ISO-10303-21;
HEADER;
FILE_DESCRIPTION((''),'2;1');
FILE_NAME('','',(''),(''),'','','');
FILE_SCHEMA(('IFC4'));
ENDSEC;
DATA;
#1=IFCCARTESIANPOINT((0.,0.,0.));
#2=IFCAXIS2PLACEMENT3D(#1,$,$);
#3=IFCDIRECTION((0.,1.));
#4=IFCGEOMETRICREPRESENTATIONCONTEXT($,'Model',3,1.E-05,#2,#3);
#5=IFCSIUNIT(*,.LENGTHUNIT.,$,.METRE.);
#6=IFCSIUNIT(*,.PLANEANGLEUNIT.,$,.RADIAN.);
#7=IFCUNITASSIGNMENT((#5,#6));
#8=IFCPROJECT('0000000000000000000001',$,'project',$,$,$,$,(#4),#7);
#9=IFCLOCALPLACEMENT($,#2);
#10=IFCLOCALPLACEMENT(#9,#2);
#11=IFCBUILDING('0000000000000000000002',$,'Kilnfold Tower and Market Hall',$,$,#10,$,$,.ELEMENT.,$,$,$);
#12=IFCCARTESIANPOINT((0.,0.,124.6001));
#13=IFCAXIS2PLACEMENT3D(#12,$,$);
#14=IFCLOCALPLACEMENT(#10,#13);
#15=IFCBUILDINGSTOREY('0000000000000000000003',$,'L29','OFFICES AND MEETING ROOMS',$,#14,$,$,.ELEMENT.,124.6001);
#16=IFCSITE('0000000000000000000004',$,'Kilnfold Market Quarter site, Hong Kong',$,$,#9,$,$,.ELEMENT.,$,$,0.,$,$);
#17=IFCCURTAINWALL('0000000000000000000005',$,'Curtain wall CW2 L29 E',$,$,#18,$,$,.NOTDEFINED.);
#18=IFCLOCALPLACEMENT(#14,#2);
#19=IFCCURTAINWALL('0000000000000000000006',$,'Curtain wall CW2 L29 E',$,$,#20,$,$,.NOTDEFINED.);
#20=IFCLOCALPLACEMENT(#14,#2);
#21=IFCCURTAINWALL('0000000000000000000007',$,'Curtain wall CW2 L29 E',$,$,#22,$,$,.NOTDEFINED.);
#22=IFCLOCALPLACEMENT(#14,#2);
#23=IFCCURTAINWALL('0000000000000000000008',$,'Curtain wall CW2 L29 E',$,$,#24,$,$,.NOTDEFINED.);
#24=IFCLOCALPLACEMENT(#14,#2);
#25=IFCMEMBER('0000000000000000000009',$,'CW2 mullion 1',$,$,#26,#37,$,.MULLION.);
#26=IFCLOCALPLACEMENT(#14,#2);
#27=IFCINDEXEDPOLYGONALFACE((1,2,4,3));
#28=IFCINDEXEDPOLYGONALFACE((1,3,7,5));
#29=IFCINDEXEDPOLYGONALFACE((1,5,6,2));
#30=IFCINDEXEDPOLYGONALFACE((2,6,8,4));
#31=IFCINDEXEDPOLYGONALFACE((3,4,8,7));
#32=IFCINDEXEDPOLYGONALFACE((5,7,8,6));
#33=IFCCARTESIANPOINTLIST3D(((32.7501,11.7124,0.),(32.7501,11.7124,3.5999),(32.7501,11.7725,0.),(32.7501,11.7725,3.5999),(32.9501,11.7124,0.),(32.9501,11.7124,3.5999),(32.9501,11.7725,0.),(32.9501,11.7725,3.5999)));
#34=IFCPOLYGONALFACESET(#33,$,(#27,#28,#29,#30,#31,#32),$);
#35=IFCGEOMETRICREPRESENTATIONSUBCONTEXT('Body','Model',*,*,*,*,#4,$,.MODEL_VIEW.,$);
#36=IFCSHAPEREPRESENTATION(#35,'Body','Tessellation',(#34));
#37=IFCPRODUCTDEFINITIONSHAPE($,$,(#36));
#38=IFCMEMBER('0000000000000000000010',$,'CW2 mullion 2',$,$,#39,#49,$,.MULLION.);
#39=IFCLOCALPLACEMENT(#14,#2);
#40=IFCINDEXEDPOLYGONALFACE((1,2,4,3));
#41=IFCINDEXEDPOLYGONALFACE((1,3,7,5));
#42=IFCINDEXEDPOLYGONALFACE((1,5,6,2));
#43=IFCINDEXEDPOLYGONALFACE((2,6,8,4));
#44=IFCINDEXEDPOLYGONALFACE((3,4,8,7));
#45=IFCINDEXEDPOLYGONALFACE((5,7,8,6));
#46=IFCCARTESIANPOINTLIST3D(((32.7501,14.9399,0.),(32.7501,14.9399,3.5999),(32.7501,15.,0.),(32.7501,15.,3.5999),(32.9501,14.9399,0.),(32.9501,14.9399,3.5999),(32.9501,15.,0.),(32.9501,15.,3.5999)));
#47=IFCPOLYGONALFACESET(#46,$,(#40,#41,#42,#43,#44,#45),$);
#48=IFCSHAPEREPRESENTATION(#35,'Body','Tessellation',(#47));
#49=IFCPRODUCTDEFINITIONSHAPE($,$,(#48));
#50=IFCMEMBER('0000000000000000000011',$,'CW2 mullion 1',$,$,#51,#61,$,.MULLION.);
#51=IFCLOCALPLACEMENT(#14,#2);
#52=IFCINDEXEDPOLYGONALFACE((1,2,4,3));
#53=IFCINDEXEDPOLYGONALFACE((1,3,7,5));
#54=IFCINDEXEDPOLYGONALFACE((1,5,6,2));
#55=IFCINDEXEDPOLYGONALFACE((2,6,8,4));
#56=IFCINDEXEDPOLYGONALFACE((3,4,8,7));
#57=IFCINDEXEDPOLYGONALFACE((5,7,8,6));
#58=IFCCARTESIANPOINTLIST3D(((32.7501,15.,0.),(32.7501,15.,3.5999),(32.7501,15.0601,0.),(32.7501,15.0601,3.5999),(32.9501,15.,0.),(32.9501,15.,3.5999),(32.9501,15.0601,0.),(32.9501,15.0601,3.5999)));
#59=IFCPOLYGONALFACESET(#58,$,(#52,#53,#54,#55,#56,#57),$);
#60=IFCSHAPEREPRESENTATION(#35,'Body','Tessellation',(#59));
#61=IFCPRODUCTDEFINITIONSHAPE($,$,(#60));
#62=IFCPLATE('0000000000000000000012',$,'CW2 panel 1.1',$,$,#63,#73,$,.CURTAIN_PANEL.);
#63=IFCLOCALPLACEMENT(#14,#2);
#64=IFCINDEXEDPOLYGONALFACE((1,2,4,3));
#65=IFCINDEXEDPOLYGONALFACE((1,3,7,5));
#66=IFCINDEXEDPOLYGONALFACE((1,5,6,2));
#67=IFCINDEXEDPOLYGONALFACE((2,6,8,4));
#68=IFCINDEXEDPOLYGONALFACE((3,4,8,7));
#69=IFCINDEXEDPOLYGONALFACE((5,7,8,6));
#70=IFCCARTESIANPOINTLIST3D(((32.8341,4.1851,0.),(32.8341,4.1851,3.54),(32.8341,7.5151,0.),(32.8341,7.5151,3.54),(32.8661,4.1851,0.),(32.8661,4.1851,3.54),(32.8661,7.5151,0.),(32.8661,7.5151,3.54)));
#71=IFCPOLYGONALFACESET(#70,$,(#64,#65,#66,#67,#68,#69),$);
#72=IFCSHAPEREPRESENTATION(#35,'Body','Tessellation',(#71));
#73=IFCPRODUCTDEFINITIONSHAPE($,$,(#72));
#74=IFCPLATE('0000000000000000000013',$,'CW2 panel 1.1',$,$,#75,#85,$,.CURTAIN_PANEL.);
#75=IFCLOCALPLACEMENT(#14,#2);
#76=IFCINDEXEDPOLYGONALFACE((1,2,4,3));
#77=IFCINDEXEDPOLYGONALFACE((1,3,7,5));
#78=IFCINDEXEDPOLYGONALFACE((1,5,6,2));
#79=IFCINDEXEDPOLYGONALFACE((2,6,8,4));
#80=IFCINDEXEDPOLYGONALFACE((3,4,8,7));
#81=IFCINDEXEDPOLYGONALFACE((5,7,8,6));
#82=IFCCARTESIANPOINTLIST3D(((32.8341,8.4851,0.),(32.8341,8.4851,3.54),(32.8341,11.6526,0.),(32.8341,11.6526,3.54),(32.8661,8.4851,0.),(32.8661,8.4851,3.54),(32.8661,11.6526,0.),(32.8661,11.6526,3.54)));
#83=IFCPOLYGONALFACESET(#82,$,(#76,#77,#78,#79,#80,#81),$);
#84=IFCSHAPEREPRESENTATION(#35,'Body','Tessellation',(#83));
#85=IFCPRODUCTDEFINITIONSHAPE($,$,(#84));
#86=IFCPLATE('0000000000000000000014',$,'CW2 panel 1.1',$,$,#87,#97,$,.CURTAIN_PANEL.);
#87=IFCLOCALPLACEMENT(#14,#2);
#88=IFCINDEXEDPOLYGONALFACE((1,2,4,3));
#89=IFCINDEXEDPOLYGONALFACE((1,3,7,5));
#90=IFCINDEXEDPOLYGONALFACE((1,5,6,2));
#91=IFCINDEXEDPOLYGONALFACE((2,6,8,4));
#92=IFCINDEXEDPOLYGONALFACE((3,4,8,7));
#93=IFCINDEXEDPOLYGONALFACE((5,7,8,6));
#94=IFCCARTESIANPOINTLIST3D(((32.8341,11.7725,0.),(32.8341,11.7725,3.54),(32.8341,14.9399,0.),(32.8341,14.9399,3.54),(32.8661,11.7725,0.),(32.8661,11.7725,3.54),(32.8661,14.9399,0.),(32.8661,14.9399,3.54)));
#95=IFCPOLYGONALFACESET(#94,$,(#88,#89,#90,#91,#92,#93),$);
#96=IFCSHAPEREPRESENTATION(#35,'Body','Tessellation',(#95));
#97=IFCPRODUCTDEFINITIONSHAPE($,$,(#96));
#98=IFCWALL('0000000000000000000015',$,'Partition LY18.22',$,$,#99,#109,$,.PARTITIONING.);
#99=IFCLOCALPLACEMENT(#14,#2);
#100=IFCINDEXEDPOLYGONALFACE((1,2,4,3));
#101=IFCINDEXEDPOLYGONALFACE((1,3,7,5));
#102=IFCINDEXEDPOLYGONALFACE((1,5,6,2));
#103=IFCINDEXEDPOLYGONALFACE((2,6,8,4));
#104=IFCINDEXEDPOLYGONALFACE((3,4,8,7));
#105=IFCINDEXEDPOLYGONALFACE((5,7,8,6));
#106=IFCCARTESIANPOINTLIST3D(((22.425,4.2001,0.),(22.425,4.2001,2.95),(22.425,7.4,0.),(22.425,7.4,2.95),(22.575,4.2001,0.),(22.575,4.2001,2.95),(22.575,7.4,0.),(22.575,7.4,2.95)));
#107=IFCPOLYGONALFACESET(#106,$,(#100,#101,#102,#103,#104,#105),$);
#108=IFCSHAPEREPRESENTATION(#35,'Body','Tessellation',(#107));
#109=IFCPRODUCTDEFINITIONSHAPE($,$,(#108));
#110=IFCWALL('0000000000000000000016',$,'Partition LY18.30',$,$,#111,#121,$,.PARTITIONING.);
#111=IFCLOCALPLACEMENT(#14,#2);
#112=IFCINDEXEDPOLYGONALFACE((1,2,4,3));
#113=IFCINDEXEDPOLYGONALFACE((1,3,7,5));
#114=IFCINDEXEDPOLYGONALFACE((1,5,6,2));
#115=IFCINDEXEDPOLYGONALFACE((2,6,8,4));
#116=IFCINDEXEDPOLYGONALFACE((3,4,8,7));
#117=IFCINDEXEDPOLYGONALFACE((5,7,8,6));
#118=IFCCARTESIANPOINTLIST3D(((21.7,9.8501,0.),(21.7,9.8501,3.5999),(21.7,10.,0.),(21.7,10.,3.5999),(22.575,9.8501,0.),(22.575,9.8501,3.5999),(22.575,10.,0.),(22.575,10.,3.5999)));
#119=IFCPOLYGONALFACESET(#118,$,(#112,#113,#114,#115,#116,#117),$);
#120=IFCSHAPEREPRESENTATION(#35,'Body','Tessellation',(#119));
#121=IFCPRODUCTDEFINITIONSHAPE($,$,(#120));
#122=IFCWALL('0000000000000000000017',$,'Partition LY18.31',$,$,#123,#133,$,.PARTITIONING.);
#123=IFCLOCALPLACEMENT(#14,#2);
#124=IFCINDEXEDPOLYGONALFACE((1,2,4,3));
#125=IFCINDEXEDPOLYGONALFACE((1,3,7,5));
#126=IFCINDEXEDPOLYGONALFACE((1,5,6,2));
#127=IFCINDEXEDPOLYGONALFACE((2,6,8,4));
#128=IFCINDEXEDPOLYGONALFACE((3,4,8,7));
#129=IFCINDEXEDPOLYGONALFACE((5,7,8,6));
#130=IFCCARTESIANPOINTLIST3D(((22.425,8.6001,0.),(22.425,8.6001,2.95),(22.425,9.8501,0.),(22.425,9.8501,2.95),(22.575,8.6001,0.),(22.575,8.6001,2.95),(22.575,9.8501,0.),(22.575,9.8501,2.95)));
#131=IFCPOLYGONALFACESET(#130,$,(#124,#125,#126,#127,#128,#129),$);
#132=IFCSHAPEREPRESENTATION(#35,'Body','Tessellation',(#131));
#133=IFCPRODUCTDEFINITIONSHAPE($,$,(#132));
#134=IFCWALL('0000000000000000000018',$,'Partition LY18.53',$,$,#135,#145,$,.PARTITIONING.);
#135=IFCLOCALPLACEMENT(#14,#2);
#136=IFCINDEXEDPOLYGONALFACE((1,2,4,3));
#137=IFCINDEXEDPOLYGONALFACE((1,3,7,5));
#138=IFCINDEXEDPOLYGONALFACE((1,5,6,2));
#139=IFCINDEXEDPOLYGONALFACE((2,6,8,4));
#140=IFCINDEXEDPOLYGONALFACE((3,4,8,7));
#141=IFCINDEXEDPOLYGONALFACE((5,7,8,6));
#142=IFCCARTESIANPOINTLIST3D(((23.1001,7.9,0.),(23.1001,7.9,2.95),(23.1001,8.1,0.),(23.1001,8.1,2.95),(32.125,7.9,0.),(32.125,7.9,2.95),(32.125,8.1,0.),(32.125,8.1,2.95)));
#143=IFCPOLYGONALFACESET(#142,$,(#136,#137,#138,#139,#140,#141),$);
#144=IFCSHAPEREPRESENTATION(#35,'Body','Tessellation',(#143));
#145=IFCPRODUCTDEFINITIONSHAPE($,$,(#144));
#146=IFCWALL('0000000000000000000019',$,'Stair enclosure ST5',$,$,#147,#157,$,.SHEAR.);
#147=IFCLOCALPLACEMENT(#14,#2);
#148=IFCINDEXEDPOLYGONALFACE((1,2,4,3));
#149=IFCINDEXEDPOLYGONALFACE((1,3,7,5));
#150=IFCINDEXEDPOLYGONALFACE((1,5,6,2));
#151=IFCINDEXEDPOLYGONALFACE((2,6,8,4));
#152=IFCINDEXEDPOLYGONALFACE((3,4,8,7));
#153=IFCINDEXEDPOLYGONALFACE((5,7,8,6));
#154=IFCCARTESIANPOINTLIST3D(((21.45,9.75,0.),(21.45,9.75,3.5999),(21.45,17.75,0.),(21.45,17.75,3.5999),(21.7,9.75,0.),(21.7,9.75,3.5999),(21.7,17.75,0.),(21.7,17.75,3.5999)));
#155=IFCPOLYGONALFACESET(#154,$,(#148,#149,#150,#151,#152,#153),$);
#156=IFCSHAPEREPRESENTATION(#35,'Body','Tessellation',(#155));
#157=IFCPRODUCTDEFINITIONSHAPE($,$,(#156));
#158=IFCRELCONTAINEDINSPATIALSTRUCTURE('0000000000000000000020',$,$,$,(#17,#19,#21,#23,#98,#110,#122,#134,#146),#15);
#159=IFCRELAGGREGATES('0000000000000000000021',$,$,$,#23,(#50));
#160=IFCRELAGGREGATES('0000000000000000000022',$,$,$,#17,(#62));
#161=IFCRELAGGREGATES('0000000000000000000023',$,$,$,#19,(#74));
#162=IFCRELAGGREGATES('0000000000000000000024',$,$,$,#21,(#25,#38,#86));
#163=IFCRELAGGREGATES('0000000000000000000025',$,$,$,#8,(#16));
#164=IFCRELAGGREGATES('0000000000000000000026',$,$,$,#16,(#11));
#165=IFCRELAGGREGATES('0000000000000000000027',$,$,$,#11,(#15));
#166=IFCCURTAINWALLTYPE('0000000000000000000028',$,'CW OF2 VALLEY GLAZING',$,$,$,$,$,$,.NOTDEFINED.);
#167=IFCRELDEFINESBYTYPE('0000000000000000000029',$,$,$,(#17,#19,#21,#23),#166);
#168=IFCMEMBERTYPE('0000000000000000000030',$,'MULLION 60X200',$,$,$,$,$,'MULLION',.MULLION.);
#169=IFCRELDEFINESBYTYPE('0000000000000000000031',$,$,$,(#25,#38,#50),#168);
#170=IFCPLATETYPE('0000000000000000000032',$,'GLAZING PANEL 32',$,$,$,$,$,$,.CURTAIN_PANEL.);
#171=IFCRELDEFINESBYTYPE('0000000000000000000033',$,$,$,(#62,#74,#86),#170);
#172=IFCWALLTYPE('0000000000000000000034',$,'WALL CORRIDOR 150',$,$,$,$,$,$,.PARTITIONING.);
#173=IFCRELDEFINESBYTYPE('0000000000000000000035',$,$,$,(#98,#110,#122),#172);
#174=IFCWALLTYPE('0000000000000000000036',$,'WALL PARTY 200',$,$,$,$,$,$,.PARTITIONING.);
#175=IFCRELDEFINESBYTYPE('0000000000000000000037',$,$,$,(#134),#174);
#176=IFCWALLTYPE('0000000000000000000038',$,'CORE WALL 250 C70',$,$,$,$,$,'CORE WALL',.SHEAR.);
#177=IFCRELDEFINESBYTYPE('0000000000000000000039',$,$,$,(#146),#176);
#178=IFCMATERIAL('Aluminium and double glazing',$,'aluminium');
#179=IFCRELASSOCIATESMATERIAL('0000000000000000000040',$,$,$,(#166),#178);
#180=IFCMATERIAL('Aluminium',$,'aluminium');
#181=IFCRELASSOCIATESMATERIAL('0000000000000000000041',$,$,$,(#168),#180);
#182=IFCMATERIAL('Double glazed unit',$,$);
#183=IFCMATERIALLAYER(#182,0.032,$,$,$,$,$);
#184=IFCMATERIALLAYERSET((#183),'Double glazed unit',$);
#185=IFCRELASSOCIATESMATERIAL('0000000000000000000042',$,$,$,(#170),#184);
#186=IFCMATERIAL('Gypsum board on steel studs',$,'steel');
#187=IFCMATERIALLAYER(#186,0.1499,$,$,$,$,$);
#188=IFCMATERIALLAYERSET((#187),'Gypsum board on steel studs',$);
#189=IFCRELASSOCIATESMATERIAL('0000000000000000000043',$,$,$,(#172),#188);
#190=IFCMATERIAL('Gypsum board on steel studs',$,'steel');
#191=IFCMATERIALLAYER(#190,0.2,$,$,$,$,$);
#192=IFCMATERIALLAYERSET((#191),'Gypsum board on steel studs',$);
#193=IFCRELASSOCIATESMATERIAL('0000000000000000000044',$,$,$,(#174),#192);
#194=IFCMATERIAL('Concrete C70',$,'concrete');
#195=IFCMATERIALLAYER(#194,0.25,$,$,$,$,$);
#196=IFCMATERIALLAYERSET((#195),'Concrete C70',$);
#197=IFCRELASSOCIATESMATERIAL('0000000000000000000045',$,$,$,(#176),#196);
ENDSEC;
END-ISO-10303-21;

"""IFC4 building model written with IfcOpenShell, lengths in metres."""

from ifc_helpers import new_model, si_unit, direction, frame, frame_2d, origin, origin_2d, place, context, subcontext, project, spatial, rectangle, extrude, source, transform, mapped, material, layer, layer_set, material_profile, profile_set, type_object, element, aggregate, save


model = new_model("IFC4")

# Units and contexts
model_context = context("Model", 3, precision=1e-05, world=origin(), true_north=direction((0.0, 1.0)))
body_context = subcontext(model_context, "Body", "Model", "MODEL_VIEW")
ifc_project = project(units=[si_unit("LENGTHUNIT", "METRE"), si_unit("PLANEANGLEUNIT", "RADIAN")], contexts=[model_context])

# Site, building, storey
site_placement = place(None, origin())
site = spatial("IfcSite", under=ifc_project, at=site_placement, Name="Kilnfold Market Quarter site, Hong Kong", CompositionType="ELEMENT", RefElevation=0.0)
building_placement = place(site_placement, origin())
building = spatial("IfcBuilding", under=site, at=building_placement, Name="Kilnfold Tower and Market Hall", CompositionType="ELEMENT")
storey_placement = place(building_placement, frame((0.0, 0.0, 124.6001)))
storey = spatial("IfcBuildingStorey", under=building, at=storey_placement, Name="L29", Description="OFFICES AND MEETING ROOMS", CompositionType="ELEMENT", Elevation=124.6001)

# Curtain walls
ifc_material_1 = material(Name="Aluminium and double glazing", Category="aluminium")
curtain_wall_type = type_object("IfcCurtainWallType", Name="CW OF2 VALLEY GLAZING", PredefinedType="NOTDEFINED", material=ifc_material_1)
curtain_wall_1_placement = place(storey_placement, origin())
curtain_wall_1 = element("IfcCurtainWall", 1, at=curtain_wall_1_placement, inside=storey, type_object=curtain_wall_type, Name="Curtain wall CW2 L29 E", PredefinedType="NOTDEFINED")
curtain_wall_2_placement = place(storey_placement, origin())
curtain_wall_2 = element("IfcCurtainWall", 2, at=curtain_wall_2_placement, inside=storey, type_object=curtain_wall_type, Name="Curtain wall CW2 L29 E", PredefinedType="NOTDEFINED")
curtain_wall_3_placement = place(storey_placement, origin())
curtain_wall_3 = element("IfcCurtainWall", 3, at=curtain_wall_3_placement, inside=storey, type_object=curtain_wall_type, Name="Curtain wall CW2 L29 E", PredefinedType="NOTDEFINED")
curtain_wall_4_placement = place(storey_placement, origin())
curtain_wall_4 = element("IfcCurtainWall", 4, at=curtain_wall_4_placement, inside=storey, type_object=curtain_wall_type, Name="Curtain wall CW2 L29 E", PredefinedType="NOTDEFINED")

# Members
ifc_material_2 = material(Name="Aluminium", Category="aluminium")
ifc_material_profile_1 = material_profile(ifc_material_2, rectangle(XDim=0.0601, YDim=0.2, at=origin_2d()), Name="MULLION 60x200")
ifc_profile_set_1 = profile_set([ifc_material_profile_1], Name="Aluminium")
member_type_1 = type_object("IfcMemberType", Name="MULLION 60X200", ElementType="MULLION", PredefinedType="MULLION", material=ifc_profile_set_1)
shared_shape_1 = source(origin(), body_context, "Body", "SweptSolid", [
    extrude(rectangle(XDim=0.0601, YDim=0.2, at=origin_2d()), origin(), (0.0, 0.0, 1.0), 3.5999),
])
member_1_placement = place(storey_placement, frame((32.8501, 11.7424, 0.0), z_axis=(0.0, 0.0, 1.0), x_axis=(0.0, 1.0, 0.0)))
member_1 = element("IfcMember", 5, at=member_1_placement, type_object=member_type_1, Name="CW2 mullion 1", PredefinedType="MULLION", context=body_context, shape_type="MappedRepresentation", body=[
    mapped(shared_shape_1, transform((0.0, 0.0, 0.0))),
])
member_2_placement = place(storey_placement, frame((32.8501, 14.97, 0.0), z_axis=(0.0, 0.0, 1.0), x_axis=(0.0, 1.0, 0.0)))
member_2 = element("IfcMember", 6, at=member_2_placement, type_object=member_type_1, Name="CW2 mullion 2", PredefinedType="MULLION", context=body_context, shape_type="MappedRepresentation", body=[
    mapped(shared_shape_1, transform((0.0, 0.0, 0.0))),
])
member_3_placement = place(storey_placement, frame((32.8501, 15.03, 0.0), z_axis=(0.0, 0.0, 1.0), x_axis=(0.0, 1.0, 0.0)))
member_3 = element("IfcMember", 7, at=member_3_placement, type_object=member_type_1, Name="CW2 mullion 1", PredefinedType="MULLION", context=body_context, shape_type="MappedRepresentation", body=[
    mapped(shared_shape_1, transform((0.0, 0.0, 0.0))),
])
aggregate(curtain_wall_4, [member_3])

# Plates
ifc_material_3 = material(Name="Double glazed unit")
ifc_layer_1 = layer(ifc_material_3, 0.032)
ifc_layer_set_1 = layer_set([ifc_layer_1], Name="Double glazed unit")
plate_type = type_object("IfcPlateType", Name="GLAZING PANEL 32", PredefinedType="CURTAIN_PANEL", material=ifc_layer_set_1)
shared_shape_2 = source(origin(), body_context, "Body", "SweptSolid", [
    extrude(rectangle(XDim=3.3301, YDim=0.032, at=origin_2d()), origin(), (0.0, 0.0, 1.0), 3.54),
])
plate_1_placement = place(storey_placement, frame((32.8501, 5.8501, 0.0), z_axis=(0.0, 0.0, 1.0), x_axis=(0.0, 1.0, 0.0)))
plate_1 = element("IfcPlate", 8, at=plate_1_placement, type_object=plate_type, Name="CW2 panel 1.1", PredefinedType="CURTAIN_PANEL", context=body_context, shape_type="MappedRepresentation", body=[
    mapped(shared_shape_2, transform((0.0, 0.0, 0.0))),
])
aggregate(curtain_wall_1, [plate_1])
shared_shape_3 = source(origin(), body_context, "Body", "SweptSolid", [
    extrude(rectangle(XDim=3.1675, YDim=0.032, at=origin_2d()), origin(), (0.0, 0.0, 1.0), 3.54),
])
plate_2_placement = place(storey_placement, frame((32.8501, 10.0688, 0.0), z_axis=(0.0, 0.0, 1.0), x_axis=(0.0, 1.0, 0.0)))
plate_2 = element("IfcPlate", 9, at=plate_2_placement, type_object=plate_type, Name="CW2 panel 1.1", PredefinedType="CURTAIN_PANEL", context=body_context, shape_type="MappedRepresentation", body=[
    mapped(shared_shape_3, transform((0.0, 0.0, 0.0))),
])
aggregate(curtain_wall_2, [plate_2])
plate_3_placement = place(storey_placement, frame((32.8501, 13.3562, 0.0), z_axis=(0.0, 0.0, 1.0), x_axis=(0.0, 1.0, 0.0)))
plate_3 = element("IfcPlate", 10, at=plate_3_placement, type_object=plate_type, Name="CW2 panel 1.1", PredefinedType="CURTAIN_PANEL", context=body_context, shape_type="MappedRepresentation", body=[
    mapped(shared_shape_3, transform((0.0, 0.0, 0.0))),
])
aggregate(curtain_wall_3, [member_1, member_2, plate_3])

# Walls
ifc_material_4 = material(Name="Gypsum board on steel studs", Category="steel")
ifc_layer_2 = layer(ifc_material_4, 0.1499)
ifc_layer_set_2 = layer_set([ifc_layer_2], Name="Gypsum board on steel studs")
wall_type_1 = type_object("IfcWallType", Name="WALL CORRIDOR 150", PredefinedType="PARTITIONING", material=ifc_layer_set_2)
wall_1_placement = place(storey_placement, frame((22.5, 4.2, 0.0), z_axis=(0.0, 0.0, 1.0), x_axis=(0.0, 1.0, 0.0)))
element("IfcWall", 11, at=wall_1_placement, inside=storey, type_object=wall_type_1, Name="Partition LY18.22", PredefinedType="PARTITIONING", context=body_context, shape_type="SweptSolid", body=[
    extrude(rectangle(XDim=3.2, YDim=0.1499, at=frame_2d((1.6001, 0.0))), origin(), (0.0, 0.0, 1.0), 2.95),
])
wall_2_placement = place(storey_placement, frame((22.575, 9.925, 0.0), z_axis=(0.0, 0.0, 1.0), x_axis=(-1.0, 0.0, 0.0)))
element("IfcWall", 12, at=wall_2_placement, inside=storey, type_object=wall_type_1, Name="Partition LY18.30", PredefinedType="PARTITIONING", context=body_context, shape_type="SweptSolid", body=[
    extrude(rectangle(XDim=0.875, YDim=0.1499, at=frame_2d((0.4375, 0.0))), origin(), (0.0, 0.0, 1.0), 3.5999),
])
wall_3_placement = place(storey_placement, frame((22.5, 8.6001, 0.0), z_axis=(0.0, 0.0, 1.0), x_axis=(0.0, 1.0, 0.0)))
element("IfcWall", 13, at=wall_3_placement, inside=storey, type_object=wall_type_1, Name="Partition LY18.31", PredefinedType="PARTITIONING", context=body_context, shape_type="SweptSolid", body=[
    extrude(rectangle(XDim=1.25, YDim=0.1499, at=frame_2d((0.625, 0.0))), origin(), (0.0, 0.0, 1.0), 2.95),
])
ifc_material_5 = material(Name="Gypsum board on steel studs", Category="steel")
ifc_layer_3 = layer(ifc_material_5, 0.2)
ifc_layer_set_3 = layer_set([ifc_layer_3], Name="Gypsum board on steel studs")
wall_type_2 = type_object("IfcWallType", Name="WALL PARTY 200", PredefinedType="PARTITIONING", material=ifc_layer_set_3)
wall_4_placement = place(storey_placement, frame((23.1001, 8.0, 0.0), z_axis=(0.0, 0.0, 1.0), x_axis=(1.0, 0.0, 0.0)))
element("IfcWall", 14, at=wall_4_placement, inside=storey, type_object=wall_type_2, Name="Partition LY18.53", PredefinedType="PARTITIONING", context=body_context, shape_type="SweptSolid", body=[
    extrude(rectangle(XDim=9.0249, YDim=0.2, at=frame_2d((4.5125, 0.0))), origin(), (0.0, 0.0, 1.0), 2.95),
])
ifc_material_6 = material(Name="Concrete C70", Category="concrete")
ifc_layer_4 = layer(ifc_material_6, 0.25)
ifc_layer_set_4 = layer_set([ifc_layer_4], Name="Concrete C70")
wall_type_3 = type_object("IfcWallType", Name="CORE WALL 250 C70", ElementType="CORE WALL", PredefinedType="SHEAR", material=ifc_layer_set_4)
shared_shape_4 = source(origin(), body_context, "Body", "SweptSolid", [
    extrude(rectangle(XDim=8.0, YDim=0.25, at=frame_2d((4.0, 0.0))), origin(), (0.0, 0.0, 1.0), 3.5999),
])
wall_5_placement = place(storey_placement, frame((21.575, 9.75, 0.0), z_axis=(0.0, 0.0, 1.0), x_axis=(0.0, 1.0, 0.0)))
element("IfcWall", 15, at=wall_5_placement, inside=storey, type_object=wall_type_3, Name="Stair enclosure ST5", PredefinedType="SHEAR", context=body_context, shape_type="MappedRepresentation", body=[
    mapped(shared_shape_4, transform((0.0, 0.0, 0.0))),
])

save(model, "model.ifc")
